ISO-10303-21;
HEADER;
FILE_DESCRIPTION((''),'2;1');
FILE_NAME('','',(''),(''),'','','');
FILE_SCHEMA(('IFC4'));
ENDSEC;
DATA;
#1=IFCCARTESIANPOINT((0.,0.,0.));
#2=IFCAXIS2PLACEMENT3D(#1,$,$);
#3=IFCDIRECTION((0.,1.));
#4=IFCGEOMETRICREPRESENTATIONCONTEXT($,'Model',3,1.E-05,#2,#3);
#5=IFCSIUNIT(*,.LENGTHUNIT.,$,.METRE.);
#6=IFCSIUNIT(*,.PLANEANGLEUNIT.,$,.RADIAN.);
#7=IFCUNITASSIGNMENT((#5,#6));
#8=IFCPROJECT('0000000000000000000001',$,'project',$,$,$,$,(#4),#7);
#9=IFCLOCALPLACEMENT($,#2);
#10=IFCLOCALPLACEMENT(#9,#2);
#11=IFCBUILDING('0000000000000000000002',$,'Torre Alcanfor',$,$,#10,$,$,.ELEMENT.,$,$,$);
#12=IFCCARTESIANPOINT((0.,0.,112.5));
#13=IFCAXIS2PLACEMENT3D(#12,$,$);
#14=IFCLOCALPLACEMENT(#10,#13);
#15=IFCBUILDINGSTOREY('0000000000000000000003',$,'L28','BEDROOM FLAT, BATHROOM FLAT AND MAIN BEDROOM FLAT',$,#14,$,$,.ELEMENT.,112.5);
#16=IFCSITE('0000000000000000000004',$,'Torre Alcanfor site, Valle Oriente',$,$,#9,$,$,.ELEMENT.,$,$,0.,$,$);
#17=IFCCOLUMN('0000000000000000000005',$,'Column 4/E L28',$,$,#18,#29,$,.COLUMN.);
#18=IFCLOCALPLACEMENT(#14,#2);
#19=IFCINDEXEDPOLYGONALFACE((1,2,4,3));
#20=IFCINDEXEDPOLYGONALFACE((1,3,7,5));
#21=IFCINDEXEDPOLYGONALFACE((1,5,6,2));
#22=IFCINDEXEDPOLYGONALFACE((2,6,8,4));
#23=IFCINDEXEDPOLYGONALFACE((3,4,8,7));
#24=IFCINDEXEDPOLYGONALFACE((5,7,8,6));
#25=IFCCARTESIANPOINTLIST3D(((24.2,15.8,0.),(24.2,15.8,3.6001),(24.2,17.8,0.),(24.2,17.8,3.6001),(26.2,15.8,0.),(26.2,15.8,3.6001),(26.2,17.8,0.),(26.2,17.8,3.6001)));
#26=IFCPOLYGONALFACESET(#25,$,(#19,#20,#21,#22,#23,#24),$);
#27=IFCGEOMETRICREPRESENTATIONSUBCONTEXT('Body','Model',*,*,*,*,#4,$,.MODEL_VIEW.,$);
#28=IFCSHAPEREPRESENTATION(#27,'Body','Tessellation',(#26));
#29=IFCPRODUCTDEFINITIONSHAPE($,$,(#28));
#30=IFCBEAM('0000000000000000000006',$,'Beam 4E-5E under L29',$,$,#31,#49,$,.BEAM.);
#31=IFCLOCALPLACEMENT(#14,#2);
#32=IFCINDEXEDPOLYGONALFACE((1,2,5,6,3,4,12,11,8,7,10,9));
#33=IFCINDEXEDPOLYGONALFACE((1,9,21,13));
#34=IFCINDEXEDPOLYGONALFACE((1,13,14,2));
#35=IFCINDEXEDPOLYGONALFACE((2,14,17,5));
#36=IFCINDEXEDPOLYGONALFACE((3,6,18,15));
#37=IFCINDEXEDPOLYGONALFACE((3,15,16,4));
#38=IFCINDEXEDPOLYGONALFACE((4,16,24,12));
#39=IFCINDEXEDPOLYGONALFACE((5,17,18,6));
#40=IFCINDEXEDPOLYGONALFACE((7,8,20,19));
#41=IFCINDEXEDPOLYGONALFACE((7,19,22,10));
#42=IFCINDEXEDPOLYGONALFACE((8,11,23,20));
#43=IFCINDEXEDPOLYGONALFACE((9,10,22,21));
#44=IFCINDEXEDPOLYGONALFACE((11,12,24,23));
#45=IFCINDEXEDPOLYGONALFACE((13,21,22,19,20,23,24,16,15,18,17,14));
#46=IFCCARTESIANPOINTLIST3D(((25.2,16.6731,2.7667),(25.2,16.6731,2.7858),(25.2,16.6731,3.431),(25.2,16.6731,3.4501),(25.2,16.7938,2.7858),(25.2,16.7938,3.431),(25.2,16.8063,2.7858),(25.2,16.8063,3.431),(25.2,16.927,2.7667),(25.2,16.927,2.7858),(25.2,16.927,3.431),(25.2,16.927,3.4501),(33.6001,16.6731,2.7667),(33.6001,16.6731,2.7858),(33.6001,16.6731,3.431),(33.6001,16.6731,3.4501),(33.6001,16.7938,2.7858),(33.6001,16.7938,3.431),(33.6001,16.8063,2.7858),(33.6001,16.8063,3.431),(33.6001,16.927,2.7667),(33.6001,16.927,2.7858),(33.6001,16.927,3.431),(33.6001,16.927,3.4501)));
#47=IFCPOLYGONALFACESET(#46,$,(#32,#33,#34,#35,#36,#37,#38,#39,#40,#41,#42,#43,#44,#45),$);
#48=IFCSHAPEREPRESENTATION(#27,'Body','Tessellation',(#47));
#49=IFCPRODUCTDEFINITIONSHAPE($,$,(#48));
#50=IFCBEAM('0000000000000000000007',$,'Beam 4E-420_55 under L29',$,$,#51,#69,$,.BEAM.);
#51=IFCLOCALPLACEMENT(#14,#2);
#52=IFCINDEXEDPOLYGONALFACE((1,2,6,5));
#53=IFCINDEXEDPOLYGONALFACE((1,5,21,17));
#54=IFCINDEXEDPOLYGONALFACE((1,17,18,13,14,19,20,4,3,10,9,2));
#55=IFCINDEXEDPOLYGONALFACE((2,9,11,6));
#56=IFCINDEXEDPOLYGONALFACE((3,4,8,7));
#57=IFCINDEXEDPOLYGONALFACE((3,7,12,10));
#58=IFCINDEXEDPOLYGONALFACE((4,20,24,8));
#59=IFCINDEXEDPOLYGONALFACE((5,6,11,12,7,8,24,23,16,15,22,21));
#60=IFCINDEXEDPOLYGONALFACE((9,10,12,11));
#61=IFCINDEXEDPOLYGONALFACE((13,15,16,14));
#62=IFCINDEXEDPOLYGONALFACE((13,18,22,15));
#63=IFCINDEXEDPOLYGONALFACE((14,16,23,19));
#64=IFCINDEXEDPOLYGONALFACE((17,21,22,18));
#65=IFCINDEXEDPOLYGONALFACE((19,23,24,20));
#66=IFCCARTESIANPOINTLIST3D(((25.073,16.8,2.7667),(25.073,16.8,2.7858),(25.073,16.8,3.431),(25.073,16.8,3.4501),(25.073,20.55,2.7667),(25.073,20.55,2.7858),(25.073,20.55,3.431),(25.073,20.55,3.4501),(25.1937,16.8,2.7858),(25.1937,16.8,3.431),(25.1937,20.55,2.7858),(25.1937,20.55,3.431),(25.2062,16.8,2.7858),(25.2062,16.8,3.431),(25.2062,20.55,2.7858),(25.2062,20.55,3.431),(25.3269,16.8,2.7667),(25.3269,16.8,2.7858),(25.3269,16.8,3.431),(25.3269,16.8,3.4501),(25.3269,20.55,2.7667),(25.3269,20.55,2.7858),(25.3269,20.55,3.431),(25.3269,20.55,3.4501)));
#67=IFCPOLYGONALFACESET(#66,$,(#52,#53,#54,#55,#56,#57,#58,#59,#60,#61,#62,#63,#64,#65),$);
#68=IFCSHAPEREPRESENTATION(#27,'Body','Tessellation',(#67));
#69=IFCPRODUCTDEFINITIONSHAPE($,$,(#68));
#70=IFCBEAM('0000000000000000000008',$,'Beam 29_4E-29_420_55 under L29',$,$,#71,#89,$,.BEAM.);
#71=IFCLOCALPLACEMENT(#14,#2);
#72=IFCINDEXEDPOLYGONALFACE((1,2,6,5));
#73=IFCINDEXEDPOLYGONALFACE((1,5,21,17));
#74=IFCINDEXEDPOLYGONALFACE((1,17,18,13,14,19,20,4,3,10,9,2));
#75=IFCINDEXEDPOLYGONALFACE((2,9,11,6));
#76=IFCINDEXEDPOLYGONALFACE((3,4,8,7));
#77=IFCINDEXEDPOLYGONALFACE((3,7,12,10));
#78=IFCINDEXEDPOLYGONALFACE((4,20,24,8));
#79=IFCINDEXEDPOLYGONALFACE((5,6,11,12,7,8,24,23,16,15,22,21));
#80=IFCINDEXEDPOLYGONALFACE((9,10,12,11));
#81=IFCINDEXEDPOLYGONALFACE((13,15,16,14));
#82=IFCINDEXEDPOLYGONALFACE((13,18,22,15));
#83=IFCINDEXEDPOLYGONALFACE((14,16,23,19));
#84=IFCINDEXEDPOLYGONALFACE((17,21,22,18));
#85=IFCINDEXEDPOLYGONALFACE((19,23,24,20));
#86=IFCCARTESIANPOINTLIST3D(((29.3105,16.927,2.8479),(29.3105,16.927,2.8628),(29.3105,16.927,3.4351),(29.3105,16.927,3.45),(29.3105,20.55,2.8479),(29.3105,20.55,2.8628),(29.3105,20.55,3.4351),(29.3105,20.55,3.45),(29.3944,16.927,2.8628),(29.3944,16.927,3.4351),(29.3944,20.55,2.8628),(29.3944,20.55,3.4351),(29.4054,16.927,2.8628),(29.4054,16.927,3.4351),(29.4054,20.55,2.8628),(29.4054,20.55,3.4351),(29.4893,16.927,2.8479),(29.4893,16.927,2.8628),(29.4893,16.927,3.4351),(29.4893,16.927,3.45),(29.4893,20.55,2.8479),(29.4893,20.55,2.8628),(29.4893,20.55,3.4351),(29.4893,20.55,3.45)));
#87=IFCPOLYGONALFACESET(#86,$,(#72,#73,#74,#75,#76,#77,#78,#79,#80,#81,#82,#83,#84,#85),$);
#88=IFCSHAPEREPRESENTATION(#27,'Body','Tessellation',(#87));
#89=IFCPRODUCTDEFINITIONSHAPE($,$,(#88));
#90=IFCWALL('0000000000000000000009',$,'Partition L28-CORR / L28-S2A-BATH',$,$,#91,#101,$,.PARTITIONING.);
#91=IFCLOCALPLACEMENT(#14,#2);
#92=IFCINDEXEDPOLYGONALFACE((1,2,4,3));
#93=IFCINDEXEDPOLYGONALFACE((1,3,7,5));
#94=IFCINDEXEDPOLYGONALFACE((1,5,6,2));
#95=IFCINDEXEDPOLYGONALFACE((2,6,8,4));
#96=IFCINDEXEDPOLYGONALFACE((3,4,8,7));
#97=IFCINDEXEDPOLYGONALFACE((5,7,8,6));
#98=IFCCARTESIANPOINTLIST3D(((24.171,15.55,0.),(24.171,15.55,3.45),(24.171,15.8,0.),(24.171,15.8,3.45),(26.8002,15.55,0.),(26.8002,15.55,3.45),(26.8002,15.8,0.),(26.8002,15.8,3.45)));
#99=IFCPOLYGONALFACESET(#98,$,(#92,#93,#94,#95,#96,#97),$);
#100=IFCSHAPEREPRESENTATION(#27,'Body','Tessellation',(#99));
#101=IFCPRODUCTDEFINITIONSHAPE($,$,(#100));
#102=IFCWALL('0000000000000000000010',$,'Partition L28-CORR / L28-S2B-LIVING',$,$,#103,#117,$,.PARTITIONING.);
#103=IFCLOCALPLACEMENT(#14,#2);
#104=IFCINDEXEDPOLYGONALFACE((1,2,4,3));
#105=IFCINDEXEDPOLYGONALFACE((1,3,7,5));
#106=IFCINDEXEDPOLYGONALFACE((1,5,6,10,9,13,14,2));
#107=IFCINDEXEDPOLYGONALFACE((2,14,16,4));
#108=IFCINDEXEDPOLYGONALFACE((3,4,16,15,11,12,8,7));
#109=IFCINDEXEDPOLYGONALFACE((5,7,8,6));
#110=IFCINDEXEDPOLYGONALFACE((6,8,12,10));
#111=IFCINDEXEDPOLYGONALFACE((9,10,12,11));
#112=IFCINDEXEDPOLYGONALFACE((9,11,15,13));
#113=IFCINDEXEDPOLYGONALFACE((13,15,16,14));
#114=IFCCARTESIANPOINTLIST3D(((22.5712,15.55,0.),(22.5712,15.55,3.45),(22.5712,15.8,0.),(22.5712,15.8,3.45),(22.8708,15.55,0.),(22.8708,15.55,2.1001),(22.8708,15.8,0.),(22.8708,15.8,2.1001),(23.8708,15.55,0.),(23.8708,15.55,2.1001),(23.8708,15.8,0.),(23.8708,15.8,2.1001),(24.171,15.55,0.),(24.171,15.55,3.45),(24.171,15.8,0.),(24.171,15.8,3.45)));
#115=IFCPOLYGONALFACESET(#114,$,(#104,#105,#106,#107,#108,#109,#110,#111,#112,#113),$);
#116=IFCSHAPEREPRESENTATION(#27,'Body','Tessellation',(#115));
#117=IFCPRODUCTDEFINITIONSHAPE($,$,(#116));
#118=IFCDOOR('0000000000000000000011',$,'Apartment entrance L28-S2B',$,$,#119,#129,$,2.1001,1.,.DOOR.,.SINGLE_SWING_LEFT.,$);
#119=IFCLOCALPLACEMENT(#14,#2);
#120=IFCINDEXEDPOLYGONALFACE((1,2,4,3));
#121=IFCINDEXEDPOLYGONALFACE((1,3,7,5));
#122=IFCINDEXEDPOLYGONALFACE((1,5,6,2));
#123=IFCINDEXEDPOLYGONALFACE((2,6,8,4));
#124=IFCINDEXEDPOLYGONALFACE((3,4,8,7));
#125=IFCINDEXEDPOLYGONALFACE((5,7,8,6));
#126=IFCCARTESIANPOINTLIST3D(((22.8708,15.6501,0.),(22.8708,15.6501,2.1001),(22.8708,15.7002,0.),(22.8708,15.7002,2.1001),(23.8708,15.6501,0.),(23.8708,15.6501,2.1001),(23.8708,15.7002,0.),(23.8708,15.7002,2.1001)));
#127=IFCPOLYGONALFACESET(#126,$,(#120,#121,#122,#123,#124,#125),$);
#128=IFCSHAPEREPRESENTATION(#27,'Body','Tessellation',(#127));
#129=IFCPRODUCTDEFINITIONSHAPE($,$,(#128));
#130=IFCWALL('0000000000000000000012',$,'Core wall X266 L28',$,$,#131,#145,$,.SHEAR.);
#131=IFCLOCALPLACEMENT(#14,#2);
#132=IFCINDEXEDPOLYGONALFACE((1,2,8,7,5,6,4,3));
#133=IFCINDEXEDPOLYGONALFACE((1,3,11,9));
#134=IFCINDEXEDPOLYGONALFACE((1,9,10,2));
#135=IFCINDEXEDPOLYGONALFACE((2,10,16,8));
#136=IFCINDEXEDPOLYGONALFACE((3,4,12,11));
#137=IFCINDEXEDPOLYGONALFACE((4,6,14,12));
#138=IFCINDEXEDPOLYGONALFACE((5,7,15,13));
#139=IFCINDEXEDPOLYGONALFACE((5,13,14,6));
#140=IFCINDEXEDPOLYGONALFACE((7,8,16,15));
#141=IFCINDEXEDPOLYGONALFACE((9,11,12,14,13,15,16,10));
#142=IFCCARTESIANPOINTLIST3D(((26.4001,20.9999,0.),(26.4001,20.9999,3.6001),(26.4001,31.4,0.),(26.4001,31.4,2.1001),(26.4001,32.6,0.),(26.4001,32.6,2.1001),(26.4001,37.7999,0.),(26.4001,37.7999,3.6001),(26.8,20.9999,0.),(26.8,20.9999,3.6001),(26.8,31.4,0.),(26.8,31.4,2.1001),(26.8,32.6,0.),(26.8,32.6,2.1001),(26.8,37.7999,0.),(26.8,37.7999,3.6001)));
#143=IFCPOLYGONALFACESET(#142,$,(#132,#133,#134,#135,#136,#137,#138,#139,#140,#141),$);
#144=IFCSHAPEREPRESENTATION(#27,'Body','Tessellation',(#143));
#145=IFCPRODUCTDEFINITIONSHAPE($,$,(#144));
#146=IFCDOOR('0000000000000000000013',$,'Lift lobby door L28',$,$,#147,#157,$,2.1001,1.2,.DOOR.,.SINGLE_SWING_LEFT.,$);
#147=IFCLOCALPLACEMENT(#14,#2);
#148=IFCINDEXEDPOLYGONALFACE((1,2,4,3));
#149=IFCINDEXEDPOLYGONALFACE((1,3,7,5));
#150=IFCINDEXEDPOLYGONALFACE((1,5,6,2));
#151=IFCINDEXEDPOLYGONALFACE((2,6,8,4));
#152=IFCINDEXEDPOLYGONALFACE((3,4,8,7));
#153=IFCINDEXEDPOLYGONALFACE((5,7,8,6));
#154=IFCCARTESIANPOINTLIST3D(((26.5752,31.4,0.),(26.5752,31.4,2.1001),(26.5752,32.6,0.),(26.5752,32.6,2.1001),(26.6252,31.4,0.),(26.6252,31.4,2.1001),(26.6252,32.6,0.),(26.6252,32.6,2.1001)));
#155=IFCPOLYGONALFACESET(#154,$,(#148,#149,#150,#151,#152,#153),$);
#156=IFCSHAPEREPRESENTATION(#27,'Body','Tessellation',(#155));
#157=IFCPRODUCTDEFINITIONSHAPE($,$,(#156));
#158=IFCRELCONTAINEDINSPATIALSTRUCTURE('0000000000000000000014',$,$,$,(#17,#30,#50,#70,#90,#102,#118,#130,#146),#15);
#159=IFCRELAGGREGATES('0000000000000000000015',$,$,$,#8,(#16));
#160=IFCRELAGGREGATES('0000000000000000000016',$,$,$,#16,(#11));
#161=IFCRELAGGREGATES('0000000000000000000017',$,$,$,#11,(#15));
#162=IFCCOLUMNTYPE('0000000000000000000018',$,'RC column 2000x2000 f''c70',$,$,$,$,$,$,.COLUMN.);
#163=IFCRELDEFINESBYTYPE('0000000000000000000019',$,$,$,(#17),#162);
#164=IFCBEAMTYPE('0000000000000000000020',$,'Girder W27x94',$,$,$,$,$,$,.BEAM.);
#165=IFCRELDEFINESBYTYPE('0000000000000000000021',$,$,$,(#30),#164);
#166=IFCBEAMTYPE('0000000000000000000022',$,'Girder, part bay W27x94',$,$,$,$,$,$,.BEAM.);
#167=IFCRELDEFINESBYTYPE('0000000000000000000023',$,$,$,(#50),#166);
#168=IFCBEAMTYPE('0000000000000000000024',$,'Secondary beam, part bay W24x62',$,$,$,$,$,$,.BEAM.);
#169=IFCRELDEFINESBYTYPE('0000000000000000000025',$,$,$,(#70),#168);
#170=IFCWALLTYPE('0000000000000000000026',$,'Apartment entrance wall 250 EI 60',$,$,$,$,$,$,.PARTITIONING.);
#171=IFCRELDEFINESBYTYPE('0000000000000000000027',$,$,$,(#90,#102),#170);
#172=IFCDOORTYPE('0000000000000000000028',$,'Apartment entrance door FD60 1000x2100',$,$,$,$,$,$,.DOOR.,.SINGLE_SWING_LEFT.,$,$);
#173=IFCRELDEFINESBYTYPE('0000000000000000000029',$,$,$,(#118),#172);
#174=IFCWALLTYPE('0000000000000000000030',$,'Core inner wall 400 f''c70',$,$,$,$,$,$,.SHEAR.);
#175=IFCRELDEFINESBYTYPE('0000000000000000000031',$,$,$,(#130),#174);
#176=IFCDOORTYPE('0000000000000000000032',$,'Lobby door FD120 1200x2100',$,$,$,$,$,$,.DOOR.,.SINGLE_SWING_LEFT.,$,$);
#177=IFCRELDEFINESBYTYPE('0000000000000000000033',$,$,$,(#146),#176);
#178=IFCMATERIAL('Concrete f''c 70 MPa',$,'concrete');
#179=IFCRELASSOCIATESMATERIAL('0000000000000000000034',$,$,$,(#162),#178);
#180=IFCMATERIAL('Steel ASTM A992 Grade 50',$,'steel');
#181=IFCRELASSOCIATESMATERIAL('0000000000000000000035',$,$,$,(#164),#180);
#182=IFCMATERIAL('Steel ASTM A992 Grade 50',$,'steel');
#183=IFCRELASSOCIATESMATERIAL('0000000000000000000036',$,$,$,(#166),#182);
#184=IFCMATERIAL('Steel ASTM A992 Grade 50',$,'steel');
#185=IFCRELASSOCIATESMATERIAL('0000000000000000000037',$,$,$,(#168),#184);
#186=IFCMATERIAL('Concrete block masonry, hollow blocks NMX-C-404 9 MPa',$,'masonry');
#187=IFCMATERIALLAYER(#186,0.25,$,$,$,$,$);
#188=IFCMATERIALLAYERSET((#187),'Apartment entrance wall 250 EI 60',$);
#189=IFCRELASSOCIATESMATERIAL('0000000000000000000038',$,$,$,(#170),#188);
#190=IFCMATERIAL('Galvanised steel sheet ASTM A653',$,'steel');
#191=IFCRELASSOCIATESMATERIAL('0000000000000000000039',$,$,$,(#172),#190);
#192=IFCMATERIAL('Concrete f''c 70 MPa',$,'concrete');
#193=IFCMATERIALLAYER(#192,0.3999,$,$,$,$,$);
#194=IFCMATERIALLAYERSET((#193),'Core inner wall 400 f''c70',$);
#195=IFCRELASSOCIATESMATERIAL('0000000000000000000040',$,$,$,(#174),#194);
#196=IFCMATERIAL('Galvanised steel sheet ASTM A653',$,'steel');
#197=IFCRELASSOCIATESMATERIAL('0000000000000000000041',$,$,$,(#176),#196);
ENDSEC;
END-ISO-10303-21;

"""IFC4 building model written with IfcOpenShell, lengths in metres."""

from ifc_helpers import new_model, si_unit, direction, frame, frame_2d, origin, origin_2d, place, context, subcontext, project, spatial, rectangle, i_section, extrude, material, layer, layer_set, material_profile, profile_set, type_object, element, fill, save


model = new_model("IFC4")

# Units and contexts
model_context = context("Model", 3, precision=1e-05, world=origin(), true_north=direction((0.0, 1.0)))
body_context = subcontext(model_context, "Body", "Model", "MODEL_VIEW")
ifc_project = project(units=[si_unit("LENGTHUNIT", "METRE"), si_unit("PLANEANGLEUNIT", "RADIAN")], contexts=[model_context])

# Site, building, storey
site_placement = place(None, origin())
site = spatial("IfcSite", under=ifc_project, at=site_placement, Name="Torre Alcanfor site, Valle Oriente", CompositionType="ELEMENT", RefElevation=0.0)
building_placement = place(site_placement, origin())
building = spatial("IfcBuilding", under=site, at=building_placement, Name="Torre Alcanfor", CompositionType="ELEMENT")
storey_placement = place(building_placement, frame((0.0, 0.0, 112.5)))
storey = spatial("IfcBuildingStorey", under=building, at=storey_placement, Name="L28", Description="BEDROOM FLAT, BATHROOM FLAT AND MAIN BEDROOM FLAT", CompositionType="ELEMENT", Elevation=112.5)

# Column
ifc_material_1 = material(Name="Concrete f'c 70 MPa", Category="concrete")
ifc_material_profile_1 = material_profile(ifc_material_1, rectangle(XDim=2.0, YDim=2.0, at=origin_2d()), Name="2000x2000")
ifc_profile_set_1 = profile_set([ifc_material_profile_1], Name="Concrete f'c 70 MPa")
column_type = type_object("IfcColumnType", Name="RC column 2000x2000 f'c70", PredefinedType="COLUMN", material=ifc_profile_set_1)
column_placement = place(storey_placement, frame((25.2, 16.8, 0.0), z_axis=(0.0, 0.0, 1.0), x_axis=(1.0, 0.0, 0.0)))
element("IfcColumn", 1, at=column_placement, inside=storey, type_object=column_type, Name="Column 4/E L28", PredefinedType="COLUMN", context=body_context, shape_type="SweptSolid", body=[
    extrude(rectangle(XDim=2.0, YDim=2.0, at=origin_2d()), origin(), (0.0, 0.0, 1.0), 3.6001),
])

# Beams
ifc_material_2 = material(Name="Steel ASTM A992 Grade 50", Category="steel")
ifc_material_profile_2 = material_profile(ifc_material_2, i_section(OverallWidth=0.2539, OverallDepth=0.6833, WebThickness=0.0125, FlangeThickness=0.019, at=origin_2d()), Name="W27x94")
ifc_profile_set_2 = profile_set([ifc_material_profile_2], Name="Steel ASTM A992 Grade 50")
beam_type_1 = type_object("IfcBeamType", Name="Girder W27x94", PredefinedType="BEAM", material=ifc_profile_set_2)
beam_1_placement = place(storey_placement, frame((25.2, 16.8, 3.1084), z_axis=(1.0, 0.0, 0.0), x_axis=(0.0, 1.0, 0.0)))
element("IfcBeam", 2, at=beam_1_placement, inside=storey, type_object=beam_type_1, Name="Beam 4E-5E under L29", PredefinedType="BEAM", context=body_context, shape_type="SweptSolid", body=[
    extrude(i_section(OverallWidth=0.2539, OverallDepth=0.6833, WebThickness=0.0125, FlangeThickness=0.019, at=origin_2d()), origin(), (0.0, 0.0, 1.0), 8.4001),
])
ifc_material_3 = material(Name="Steel ASTM A992 Grade 50", Category="steel")
ifc_material_profile_3 = material_profile(ifc_material_3, i_section(OverallWidth=0.2539, OverallDepth=0.6833, WebThickness=0.0125, FlangeThickness=0.019, at=origin_2d()), Name="W27x94")
ifc_profile_set_3 = profile_set([ifc_material_profile_3], Name="Steel ASTM A992 Grade 50")
beam_type_2 = type_object("IfcBeamType", Name="Girder, part bay W27x94", PredefinedType="BEAM", material=ifc_profile_set_3)
beam_2_placement = place(storey_placement, frame((25.2, 16.8, 3.1084), z_axis=(0.0, 1.0, 0.0), x_axis=(-1.0, 0.0, 0.0)))
element("IfcBeam", 3, at=beam_2_placement, inside=storey, type_object=beam_type_2, Name="Beam 4E-420_55 under L29", PredefinedType="BEAM", context=body_context, shape_type="SweptSolid", body=[
    extrude(i_section(OverallWidth=0.2539, OverallDepth=0.6833, WebThickness=0.0125, FlangeThickness=0.019, at=origin_2d()), origin(), (0.0, 0.0, 1.0), 3.75),
])
ifc_material_4 = material(Name="Steel ASTM A992 Grade 50", Category="steel")
ifc_material_profile_4 = material_profile(ifc_material_4, i_section(OverallWidth=0.1787, OverallDepth=0.6021, WebThickness=0.011, FlangeThickness=0.0149, at=origin_2d()), Name="W24x62")
ifc_profile_set_4 = profile_set([ifc_material_profile_4], Name="Steel ASTM A992 Grade 50")
beam_type_3 = type_object("IfcBeamType", Name="Secondary beam, part bay W24x62", PredefinedType="BEAM", material=ifc_profile_set_4)
beam_3_placement = place(storey_placement, frame((29.3999, 16.927, 3.1489), z_axis=(0.0, 1.0, 0.0), x_axis=(-1.0, 0.0, 0.0)))
element("IfcBeam", 4, at=beam_3_placement, inside=storey, type_object=beam_type_3, Name="Beam 29_4E-29_420_55 under L29", PredefinedType="BEAM", context=body_context, shape_type="SweptSolid", body=[
    extrude(i_section(OverallWidth=0.1787, OverallDepth=0.6021, WebThickness=0.011, FlangeThickness=0.0149, at=origin_2d()), origin(), (0.0, 0.0, 1.0), 3.623),
])

# Wall
ifc_material_5 = material(Name="Concrete block masonry, hollow blocks NMX-C-404 9 MPa", Category="masonry")
ifc_layer_1 = layer(ifc_material_5, 0.25)
ifc_layer_set_1 = layer_set([ifc_layer_1], Name="Apartment entrance wall 250 EI 60")
wall_type_1 = type_object("IfcWallType", Name="Apartment entrance wall 250 EI 60", PredefinedType="PARTITIONING", material=ifc_layer_set_1)
wall_1_placement = place(storey_placement, frame((26.8, 15.675, 0.0), z_axis=(0.0, 0.0, 1.0), x_axis=(-1.0, 0.0, 0.0)))
element("IfcWall", 5, at=wall_1_placement, inside=storey, type_object=wall_type_1, Name="Partition L28-CORR / L28-S2A-BATH", PredefinedType="PARTITIONING", context=body_context, shape_type="SweptSolid", body=[
    extrude(rectangle(XDim=2.6292, YDim=0.25, at=frame_2d((1.3145, 0.0))), origin(), (0.0, 0.0, 1.0), 3.45),
])

# Walls, openings, doors
wall_2_placement = place(storey_placement, frame((24.1709, 15.675, 0.0), z_axis=(0.0, 0.0, 1.0), x_axis=(-1.0, 0.0, 0.0)))
wall_2 = element("IfcWall", 6, at=wall_2_placement, inside=storey, type_object=wall_type_1, Name="Partition L28-CORR / L28-S2B-LIVING", PredefinedType="PARTITIONING", context=body_context, shape_type="SweptSolid", body=[
    extrude(rectangle(XDim=1.5999, YDim=0.25, at=frame_2d((0.7998, 0.0))), origin(), (0.0, 0.0, 1.0), 3.45),
])
opening_1_placement = place(wall_2_placement, frame((0.3, 0.0, 0.0)))
opening_1 = element("IfcOpeningElement", 7, at=opening_1_placement, cuts=wall_2, PredefinedType="OPENING", context=body_context, shape_type="SweptSolid", body=[
    extrude(rectangle(XDim=1.0, YDim=2.1001, at=frame_2d((0.5, 1.05))), frame((0.0, 0.135, 0.0), z_axis=(0.0, -1.0, 0.0), x_axis=(1.0, 0.0, 0.0)), (0.0, 0.0, 1.0), 0.27),
])
ifc_material_6 = material(Name="Galvanised steel sheet ASTM A653", Category="steel")
door_type_1 = type_object("IfcDoorType", Name="Apartment entrance door FD60 1000x2100", OperationType="SINGLE_SWING_LEFT", PredefinedType="DOOR", material=ifc_material_6)
door_1_placement = place(opening_1_placement, origin())
door_1 = element("IfcDoor", 8, at=door_1_placement, inside=storey, type_object=door_type_1, Name="Apartment entrance L28-S2B", OperationType="SINGLE_SWING_LEFT", OverallHeight=2.1001, OverallWidth=1.0, PredefinedType="DOOR", context=body_context, shape_type="SweptSolid", body=[
    extrude(rectangle(XDim=1.0, YDim=2.1001, at=frame_2d((0.5, 1.05))), frame((0.0, 0.0249, 0.0), z_axis=(0.0, -1.0, 0.0), x_axis=(1.0, 0.0, 0.0)), (0.0, 0.0, 1.0), 0.05),
])
fill(opening_1, door_1)
ifc_material_7 = material(Name="Concrete f'c 70 MPa", Category="concrete")
ifc_layer_2 = layer(ifc_material_7, 0.3999)
ifc_layer_set_2 = layer_set([ifc_layer_2], Name="Core inner wall 400 f'c70")
wall_type_2 = type_object("IfcWallType", Name="Core inner wall 400 f'c70", PredefinedType="SHEAR", material=ifc_layer_set_2)
wall_3_placement = place(storey_placement, frame((26.6001, 21.0, 0.0), z_axis=(0.0, 0.0, 1.0), x_axis=(0.0, 1.0, 0.0)))
wall_3 = element("IfcWall", 9, at=wall_3_placement, inside=storey, type_object=wall_type_2, Name="Core wall X266 L28", PredefinedType="SHEAR", context=body_context, shape_type="SweptSolid", body=[
    extrude(rectangle(XDim=16.8, YDim=0.3999, at=frame_2d((8.3999, 0.0))), origin(), (0.0, 0.0, 1.0), 3.6001),
])
opening_2_placement = place(wall_3_placement, frame((10.3999, 0.0, 0.0)))
opening_2 = element("IfcOpeningElement", 10, at=opening_2_placement, cuts=wall_3, PredefinedType="OPENING", context=body_context, shape_type="SweptSolid", body=[
    extrude(rectangle(XDim=1.2, YDim=2.1001, at=frame_2d((0.6001, 1.05))), frame((0.0, 0.21, 0.0), z_axis=(0.0, -1.0, 0.0), x_axis=(1.0, 0.0, 0.0)), (0.0, 0.0, 1.0), 0.4199),
])
ifc_material_8 = material(Name="Galvanised steel sheet ASTM A653", Category="steel")
door_type_2 = type_object("IfcDoorType", Name="Lobby door FD120 1200x2100", OperationType="SINGLE_SWING_LEFT", PredefinedType="DOOR", material=ifc_material_8)
door_2_placement = place(opening_2_placement, origin())
door_2 = element("IfcDoor", 11, at=door_2_placement, inside=storey, type_object=door_type_2, Name="Lift lobby door L28", OperationType="SINGLE_SWING_LEFT", OverallHeight=2.1001, OverallWidth=1.2, PredefinedType="DOOR", context=body_context, shape_type="SweptSolid", body=[
    extrude(rectangle(XDim=1.2, YDim=2.1001, at=frame_2d((0.6001, 1.05))), frame((0.0, 0.0249, 0.0), z_axis=(0.0, -1.0, 0.0), x_axis=(1.0, 0.0, 0.0)), (0.0, 0.0, 1.0), 0.05),
])
fill(opening_2, door_2)

save(model, "model.ifc")
